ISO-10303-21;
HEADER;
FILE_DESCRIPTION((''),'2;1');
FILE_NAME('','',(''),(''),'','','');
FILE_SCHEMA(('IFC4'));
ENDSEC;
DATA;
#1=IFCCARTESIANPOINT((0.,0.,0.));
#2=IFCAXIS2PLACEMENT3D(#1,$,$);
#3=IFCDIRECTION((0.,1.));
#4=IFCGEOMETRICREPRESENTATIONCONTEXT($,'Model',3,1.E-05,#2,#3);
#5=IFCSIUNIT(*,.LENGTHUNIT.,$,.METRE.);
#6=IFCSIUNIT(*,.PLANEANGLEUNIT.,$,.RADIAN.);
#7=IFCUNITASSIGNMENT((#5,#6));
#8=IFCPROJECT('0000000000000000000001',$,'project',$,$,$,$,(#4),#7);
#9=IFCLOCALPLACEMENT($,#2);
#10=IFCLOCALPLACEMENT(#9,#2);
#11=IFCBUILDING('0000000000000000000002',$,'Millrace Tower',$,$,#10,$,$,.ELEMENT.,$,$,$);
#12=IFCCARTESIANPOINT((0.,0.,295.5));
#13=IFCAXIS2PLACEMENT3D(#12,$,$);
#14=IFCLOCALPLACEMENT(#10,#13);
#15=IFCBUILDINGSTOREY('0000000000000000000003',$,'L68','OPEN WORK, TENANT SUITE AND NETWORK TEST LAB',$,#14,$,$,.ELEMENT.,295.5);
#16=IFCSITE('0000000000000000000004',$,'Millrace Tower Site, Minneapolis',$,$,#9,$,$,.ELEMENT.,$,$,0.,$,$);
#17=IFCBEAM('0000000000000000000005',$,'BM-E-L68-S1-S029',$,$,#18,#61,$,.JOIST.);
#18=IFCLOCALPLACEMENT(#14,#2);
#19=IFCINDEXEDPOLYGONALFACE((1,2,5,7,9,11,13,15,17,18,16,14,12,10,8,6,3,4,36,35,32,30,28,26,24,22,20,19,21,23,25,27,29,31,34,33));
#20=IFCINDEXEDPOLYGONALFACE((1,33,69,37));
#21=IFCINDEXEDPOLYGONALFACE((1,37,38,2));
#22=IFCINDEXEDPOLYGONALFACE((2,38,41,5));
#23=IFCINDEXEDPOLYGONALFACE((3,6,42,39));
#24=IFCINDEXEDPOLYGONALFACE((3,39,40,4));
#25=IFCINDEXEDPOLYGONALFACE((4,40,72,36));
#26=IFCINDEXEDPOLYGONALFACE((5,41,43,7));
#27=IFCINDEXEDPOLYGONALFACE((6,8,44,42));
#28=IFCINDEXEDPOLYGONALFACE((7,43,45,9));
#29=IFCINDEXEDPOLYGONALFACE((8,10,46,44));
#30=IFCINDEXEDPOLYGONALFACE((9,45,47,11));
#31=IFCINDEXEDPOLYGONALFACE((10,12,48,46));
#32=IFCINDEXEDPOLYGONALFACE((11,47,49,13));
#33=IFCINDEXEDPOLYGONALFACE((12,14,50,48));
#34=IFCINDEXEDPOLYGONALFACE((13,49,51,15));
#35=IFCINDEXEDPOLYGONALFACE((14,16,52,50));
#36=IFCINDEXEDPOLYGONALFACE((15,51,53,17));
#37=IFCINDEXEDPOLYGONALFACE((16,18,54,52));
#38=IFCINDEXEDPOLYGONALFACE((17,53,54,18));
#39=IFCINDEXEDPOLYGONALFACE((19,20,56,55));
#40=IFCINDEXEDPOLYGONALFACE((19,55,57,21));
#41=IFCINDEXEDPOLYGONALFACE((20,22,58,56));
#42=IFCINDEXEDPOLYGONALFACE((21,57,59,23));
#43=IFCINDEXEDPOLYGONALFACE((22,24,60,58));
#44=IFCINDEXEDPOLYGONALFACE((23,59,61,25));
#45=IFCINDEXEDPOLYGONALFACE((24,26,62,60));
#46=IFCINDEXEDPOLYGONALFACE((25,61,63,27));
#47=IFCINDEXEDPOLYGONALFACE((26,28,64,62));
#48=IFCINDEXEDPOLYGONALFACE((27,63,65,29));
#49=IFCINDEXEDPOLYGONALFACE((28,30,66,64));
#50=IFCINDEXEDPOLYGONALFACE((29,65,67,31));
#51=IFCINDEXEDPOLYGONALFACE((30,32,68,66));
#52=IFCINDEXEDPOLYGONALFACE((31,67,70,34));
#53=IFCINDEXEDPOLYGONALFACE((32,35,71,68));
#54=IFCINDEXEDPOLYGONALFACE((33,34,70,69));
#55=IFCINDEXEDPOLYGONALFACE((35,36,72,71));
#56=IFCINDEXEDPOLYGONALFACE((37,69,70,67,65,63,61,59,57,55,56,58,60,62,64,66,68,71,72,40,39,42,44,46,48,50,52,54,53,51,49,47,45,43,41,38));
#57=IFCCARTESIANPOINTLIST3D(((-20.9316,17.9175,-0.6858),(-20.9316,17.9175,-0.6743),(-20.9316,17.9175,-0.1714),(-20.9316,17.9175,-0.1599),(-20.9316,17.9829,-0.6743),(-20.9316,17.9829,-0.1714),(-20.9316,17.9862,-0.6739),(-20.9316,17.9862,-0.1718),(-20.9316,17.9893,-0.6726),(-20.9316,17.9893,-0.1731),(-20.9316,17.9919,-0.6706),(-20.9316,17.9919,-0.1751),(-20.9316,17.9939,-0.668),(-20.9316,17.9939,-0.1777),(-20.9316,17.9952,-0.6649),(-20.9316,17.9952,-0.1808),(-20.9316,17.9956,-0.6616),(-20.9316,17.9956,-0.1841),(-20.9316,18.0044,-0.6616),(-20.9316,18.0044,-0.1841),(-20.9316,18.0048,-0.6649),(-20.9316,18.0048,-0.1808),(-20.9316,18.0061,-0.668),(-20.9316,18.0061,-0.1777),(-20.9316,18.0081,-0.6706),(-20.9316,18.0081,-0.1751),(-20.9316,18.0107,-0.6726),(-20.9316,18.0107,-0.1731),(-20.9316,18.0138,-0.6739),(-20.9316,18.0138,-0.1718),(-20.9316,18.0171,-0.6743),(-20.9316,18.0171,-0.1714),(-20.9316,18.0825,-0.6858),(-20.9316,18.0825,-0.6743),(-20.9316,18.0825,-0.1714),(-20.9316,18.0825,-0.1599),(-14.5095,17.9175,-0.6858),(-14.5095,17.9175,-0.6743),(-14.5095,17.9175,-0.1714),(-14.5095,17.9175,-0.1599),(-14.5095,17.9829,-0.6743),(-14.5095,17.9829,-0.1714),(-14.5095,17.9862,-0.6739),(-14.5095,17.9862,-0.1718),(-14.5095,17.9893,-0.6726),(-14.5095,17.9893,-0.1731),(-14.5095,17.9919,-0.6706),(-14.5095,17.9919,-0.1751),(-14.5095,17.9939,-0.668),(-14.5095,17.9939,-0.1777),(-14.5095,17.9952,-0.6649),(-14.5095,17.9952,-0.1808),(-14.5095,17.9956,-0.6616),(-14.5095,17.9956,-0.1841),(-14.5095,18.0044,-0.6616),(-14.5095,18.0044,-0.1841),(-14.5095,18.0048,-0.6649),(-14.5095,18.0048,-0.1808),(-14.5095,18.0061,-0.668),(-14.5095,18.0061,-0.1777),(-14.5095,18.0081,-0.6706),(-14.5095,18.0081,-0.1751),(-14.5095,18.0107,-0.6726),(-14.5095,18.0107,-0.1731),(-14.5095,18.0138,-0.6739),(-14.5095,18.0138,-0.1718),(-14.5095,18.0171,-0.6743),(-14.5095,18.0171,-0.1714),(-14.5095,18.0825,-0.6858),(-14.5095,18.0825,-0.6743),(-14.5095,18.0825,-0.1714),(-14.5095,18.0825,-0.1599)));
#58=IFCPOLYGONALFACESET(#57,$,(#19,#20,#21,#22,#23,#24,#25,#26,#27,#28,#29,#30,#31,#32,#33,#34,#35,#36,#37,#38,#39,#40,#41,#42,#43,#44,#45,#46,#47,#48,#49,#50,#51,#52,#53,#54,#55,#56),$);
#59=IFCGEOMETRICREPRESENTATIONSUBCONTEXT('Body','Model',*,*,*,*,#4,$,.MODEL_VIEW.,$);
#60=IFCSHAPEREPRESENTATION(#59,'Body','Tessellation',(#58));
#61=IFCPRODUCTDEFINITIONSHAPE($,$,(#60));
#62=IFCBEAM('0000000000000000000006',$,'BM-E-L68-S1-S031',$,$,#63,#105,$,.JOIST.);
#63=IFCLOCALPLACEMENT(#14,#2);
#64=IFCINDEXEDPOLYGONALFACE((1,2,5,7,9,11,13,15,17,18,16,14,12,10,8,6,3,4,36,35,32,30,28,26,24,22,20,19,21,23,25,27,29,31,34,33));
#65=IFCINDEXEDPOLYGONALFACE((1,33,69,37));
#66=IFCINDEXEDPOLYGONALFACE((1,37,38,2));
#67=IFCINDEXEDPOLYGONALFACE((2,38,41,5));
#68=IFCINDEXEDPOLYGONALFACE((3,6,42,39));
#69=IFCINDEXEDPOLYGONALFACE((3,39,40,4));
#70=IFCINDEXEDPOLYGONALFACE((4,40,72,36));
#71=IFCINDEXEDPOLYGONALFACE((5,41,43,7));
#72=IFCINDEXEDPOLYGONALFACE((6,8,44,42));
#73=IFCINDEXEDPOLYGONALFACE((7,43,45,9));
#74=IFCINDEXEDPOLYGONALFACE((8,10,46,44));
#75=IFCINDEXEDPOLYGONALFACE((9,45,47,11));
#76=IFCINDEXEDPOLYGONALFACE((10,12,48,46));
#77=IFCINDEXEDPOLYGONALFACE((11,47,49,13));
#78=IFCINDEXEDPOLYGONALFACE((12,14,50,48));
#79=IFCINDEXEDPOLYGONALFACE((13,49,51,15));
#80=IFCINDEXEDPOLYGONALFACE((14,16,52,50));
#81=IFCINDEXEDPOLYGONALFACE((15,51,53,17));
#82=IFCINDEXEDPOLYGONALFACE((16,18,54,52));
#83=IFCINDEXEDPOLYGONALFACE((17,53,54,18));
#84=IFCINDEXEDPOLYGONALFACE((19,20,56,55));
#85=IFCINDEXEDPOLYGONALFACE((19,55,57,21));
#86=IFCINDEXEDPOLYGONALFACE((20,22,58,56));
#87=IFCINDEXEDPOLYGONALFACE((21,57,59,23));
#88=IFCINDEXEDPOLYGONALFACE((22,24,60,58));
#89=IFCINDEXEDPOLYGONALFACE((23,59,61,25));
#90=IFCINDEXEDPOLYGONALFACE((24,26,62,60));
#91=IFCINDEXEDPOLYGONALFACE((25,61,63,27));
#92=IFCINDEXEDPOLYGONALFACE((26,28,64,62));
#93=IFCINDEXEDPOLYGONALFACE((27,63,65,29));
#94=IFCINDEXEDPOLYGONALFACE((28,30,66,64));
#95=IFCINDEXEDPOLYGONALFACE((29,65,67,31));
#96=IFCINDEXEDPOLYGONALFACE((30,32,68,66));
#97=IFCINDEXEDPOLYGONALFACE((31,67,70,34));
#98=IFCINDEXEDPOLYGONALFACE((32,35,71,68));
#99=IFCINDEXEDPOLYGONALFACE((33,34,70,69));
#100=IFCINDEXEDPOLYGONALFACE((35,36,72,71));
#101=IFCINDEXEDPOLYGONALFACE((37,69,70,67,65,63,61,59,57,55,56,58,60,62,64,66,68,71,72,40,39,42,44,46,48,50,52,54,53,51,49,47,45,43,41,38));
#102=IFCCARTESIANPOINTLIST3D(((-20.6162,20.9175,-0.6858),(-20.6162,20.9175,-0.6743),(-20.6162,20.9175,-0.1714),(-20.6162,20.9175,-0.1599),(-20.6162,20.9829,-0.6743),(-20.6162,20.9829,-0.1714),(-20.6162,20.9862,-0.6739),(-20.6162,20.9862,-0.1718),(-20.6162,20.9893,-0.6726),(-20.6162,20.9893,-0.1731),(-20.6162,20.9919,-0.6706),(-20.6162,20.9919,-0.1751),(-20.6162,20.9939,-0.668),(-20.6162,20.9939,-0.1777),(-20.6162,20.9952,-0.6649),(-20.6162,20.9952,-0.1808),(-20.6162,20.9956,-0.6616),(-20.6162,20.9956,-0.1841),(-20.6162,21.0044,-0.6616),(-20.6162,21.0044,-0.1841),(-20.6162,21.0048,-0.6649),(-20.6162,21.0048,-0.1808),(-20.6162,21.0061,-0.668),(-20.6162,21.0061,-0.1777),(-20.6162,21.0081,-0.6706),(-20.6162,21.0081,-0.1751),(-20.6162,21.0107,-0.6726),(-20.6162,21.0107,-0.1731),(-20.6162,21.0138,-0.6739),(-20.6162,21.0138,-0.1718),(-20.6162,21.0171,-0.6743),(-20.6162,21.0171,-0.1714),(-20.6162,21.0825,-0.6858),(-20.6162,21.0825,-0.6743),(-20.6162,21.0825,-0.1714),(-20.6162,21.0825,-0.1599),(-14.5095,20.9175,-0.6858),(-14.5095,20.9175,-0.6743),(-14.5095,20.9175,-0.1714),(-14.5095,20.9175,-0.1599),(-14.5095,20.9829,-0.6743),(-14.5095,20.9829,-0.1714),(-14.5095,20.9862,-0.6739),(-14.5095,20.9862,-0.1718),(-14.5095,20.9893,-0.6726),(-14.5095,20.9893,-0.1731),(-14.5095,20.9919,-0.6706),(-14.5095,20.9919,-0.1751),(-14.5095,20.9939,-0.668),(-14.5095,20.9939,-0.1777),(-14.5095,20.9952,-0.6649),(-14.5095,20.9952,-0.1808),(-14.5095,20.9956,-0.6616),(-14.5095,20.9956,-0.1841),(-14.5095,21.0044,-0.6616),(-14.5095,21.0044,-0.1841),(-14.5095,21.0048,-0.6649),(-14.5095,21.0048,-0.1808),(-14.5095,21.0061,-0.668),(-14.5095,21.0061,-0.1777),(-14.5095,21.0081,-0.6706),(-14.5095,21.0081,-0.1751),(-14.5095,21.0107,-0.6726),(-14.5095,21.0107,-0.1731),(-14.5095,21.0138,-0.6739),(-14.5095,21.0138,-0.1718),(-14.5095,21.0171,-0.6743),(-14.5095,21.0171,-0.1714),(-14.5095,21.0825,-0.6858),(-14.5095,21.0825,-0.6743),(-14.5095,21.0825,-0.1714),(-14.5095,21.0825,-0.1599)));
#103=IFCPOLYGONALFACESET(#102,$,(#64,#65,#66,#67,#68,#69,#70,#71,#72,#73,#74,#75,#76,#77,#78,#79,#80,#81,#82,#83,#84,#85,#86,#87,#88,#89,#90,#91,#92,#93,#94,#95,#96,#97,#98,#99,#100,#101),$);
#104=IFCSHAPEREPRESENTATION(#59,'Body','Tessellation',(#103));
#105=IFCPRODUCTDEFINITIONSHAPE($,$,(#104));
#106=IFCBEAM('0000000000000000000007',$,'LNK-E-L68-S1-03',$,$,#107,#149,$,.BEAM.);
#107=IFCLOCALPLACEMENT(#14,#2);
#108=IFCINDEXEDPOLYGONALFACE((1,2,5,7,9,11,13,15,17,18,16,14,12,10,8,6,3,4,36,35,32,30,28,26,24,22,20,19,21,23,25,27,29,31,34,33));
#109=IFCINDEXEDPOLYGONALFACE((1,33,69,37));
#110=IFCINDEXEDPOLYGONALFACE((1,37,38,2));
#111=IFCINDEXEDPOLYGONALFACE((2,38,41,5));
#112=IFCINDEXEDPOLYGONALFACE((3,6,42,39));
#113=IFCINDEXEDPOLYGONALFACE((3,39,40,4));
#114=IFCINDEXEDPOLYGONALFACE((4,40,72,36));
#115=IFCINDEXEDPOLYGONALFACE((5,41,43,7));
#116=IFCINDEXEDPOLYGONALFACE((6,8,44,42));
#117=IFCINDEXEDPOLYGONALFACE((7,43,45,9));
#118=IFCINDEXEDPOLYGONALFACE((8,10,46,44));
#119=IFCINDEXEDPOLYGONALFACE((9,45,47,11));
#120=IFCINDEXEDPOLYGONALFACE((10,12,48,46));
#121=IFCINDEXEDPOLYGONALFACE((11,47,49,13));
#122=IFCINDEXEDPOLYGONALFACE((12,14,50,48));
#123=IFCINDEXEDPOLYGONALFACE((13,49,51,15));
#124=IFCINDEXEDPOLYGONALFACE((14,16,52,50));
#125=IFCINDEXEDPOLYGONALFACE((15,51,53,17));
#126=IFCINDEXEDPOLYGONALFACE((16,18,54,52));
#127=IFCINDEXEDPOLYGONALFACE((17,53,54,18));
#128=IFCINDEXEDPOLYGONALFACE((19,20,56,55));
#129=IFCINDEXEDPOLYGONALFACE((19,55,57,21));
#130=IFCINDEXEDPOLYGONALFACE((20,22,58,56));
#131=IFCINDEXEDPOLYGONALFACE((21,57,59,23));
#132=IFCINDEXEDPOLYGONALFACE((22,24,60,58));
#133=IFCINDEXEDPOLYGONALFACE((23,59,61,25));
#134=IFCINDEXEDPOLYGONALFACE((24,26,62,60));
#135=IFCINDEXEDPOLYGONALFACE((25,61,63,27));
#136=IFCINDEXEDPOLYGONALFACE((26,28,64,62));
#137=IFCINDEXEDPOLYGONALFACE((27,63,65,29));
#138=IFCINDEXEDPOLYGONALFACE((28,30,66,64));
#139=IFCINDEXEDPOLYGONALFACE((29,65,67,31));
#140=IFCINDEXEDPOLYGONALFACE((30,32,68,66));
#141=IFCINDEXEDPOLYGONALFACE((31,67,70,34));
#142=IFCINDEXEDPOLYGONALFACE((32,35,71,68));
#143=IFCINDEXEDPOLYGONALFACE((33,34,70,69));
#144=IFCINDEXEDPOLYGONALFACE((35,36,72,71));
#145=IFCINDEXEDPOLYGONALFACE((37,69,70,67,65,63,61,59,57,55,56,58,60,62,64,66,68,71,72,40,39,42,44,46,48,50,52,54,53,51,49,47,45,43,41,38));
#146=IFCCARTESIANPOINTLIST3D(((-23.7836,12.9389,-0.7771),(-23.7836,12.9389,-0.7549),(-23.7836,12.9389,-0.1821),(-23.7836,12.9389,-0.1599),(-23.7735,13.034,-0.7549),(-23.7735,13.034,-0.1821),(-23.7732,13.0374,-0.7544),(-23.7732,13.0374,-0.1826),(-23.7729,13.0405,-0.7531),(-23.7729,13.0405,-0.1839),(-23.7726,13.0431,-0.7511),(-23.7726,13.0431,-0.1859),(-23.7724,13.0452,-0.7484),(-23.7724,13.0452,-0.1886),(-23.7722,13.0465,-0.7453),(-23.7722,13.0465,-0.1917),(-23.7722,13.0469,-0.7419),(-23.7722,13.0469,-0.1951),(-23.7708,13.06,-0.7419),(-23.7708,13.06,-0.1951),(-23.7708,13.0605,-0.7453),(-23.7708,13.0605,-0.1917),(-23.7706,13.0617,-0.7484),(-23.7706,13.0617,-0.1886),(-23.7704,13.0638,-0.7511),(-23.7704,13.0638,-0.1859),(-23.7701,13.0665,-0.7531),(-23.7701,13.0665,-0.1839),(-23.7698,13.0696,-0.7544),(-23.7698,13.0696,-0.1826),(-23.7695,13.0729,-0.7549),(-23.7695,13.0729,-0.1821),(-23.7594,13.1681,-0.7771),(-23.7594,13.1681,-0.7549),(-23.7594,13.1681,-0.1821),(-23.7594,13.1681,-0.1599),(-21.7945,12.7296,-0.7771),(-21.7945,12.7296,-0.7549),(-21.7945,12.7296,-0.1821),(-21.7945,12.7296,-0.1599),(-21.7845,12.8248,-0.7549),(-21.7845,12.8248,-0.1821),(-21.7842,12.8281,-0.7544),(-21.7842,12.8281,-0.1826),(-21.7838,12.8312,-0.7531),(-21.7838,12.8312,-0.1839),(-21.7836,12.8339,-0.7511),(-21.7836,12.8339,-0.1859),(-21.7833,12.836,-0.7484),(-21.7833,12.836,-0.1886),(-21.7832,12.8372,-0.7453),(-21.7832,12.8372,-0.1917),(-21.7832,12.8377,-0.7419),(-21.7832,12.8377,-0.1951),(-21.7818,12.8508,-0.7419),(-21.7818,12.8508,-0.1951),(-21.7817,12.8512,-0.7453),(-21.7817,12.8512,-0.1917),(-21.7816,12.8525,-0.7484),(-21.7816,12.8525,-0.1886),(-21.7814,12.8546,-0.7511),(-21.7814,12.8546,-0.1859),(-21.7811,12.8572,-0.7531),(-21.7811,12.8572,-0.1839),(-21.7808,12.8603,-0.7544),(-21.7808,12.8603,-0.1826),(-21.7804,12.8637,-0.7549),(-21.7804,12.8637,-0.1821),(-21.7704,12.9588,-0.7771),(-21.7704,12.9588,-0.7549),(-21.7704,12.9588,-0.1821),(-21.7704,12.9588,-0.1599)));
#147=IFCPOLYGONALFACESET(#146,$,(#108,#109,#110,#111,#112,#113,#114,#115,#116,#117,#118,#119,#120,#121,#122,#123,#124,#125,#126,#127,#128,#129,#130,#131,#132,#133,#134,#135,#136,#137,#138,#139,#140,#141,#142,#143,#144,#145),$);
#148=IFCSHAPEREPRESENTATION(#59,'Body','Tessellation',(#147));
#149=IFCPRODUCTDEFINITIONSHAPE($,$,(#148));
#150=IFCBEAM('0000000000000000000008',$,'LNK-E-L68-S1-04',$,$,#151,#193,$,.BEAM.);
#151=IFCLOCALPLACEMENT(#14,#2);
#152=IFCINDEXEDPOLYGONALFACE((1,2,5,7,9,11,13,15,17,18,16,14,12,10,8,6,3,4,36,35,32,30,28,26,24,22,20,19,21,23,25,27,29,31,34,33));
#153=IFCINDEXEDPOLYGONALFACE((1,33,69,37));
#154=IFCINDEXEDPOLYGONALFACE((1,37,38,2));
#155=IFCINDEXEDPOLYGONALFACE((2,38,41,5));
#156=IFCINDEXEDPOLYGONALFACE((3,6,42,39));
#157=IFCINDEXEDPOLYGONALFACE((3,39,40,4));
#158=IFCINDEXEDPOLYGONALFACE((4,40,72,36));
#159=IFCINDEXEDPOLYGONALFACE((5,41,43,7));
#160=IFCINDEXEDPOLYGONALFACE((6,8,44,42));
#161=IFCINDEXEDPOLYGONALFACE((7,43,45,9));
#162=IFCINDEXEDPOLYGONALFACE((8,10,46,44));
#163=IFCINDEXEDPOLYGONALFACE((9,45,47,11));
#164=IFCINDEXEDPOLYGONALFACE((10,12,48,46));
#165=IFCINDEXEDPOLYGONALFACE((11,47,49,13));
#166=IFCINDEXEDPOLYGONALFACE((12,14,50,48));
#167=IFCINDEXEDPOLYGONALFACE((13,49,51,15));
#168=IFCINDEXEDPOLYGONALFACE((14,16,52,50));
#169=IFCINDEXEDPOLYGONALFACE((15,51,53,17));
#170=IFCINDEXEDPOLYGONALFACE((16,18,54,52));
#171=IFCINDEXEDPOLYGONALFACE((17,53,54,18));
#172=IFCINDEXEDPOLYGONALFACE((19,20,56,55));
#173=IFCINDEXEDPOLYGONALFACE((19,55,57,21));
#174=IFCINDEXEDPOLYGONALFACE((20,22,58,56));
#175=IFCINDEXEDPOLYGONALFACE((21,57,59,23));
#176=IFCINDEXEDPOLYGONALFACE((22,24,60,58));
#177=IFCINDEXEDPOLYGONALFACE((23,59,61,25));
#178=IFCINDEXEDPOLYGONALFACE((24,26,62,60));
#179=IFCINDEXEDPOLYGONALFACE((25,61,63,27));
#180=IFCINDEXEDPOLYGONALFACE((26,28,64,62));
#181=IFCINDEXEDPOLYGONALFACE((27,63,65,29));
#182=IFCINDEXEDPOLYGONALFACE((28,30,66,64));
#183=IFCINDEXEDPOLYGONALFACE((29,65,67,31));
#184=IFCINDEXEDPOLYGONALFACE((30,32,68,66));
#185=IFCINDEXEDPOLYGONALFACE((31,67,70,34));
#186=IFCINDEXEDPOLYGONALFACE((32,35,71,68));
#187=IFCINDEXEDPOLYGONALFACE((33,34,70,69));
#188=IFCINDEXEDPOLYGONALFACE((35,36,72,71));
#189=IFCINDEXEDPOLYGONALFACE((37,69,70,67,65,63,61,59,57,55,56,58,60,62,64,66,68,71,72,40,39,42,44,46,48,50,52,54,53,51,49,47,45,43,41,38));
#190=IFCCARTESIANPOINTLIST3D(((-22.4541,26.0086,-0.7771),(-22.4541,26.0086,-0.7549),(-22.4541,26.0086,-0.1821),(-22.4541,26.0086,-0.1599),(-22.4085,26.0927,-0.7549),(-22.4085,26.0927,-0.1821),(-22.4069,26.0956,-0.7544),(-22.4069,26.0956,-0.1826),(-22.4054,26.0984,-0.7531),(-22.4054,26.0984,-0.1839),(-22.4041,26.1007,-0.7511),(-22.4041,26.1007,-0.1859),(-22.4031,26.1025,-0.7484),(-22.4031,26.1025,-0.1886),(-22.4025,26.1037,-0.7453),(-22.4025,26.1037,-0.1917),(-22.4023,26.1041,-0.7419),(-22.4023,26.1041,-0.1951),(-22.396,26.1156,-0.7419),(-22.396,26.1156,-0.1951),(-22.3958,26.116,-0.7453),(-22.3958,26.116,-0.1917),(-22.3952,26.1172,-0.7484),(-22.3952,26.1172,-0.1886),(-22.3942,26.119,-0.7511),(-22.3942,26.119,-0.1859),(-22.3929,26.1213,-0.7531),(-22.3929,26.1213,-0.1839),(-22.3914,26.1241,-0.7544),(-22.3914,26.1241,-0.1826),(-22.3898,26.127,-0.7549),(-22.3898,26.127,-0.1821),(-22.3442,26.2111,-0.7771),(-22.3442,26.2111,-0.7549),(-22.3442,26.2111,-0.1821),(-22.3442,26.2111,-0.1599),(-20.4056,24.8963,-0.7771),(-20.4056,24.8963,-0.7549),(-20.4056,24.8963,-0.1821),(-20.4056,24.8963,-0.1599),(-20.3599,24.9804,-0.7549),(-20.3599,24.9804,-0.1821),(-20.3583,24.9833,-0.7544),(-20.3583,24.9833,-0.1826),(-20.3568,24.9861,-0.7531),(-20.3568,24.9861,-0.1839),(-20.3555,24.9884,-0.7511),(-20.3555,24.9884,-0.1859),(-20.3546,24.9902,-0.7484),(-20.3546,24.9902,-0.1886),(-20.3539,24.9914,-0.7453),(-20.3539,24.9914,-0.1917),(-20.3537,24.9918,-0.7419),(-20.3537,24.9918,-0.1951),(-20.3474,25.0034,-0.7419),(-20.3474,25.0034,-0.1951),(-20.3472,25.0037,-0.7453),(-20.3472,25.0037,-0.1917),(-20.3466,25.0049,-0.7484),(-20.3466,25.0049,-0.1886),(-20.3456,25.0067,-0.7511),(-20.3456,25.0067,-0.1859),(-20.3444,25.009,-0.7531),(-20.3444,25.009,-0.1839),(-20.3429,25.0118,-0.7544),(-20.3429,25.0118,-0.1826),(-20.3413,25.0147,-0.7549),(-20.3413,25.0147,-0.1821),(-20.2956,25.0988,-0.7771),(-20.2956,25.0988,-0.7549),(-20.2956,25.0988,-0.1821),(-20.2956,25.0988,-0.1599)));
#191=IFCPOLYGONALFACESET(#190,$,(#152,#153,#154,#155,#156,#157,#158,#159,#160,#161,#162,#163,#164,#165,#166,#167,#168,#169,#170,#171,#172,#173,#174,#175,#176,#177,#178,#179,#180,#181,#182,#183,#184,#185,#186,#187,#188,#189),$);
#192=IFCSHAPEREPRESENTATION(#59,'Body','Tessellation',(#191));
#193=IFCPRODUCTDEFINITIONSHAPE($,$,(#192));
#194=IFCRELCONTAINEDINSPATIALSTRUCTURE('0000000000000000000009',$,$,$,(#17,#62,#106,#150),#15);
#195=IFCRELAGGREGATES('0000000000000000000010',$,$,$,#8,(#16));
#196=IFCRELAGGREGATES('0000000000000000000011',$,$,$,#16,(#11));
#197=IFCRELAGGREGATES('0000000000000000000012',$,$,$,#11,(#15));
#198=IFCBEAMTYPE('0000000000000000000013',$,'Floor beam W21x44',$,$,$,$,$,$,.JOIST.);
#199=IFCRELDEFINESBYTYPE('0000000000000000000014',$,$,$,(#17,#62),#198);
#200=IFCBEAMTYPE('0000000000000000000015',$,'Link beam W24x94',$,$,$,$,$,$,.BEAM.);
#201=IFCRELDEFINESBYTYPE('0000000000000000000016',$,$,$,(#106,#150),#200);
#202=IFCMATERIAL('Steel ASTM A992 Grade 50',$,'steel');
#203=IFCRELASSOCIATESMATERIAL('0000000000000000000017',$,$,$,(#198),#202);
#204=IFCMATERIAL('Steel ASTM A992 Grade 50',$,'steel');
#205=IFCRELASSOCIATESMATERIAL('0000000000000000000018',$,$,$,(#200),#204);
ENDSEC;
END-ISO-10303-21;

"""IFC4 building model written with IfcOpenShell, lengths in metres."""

from ifc_helpers import new_model, si_unit, direction, frame, origin, origin_2d, place, context, subcontext, project, spatial, i_section, extrude, material, material_profile, profile_set, type_object, element, save


model = new_model("IFC4")

# Units and contexts
model_context = context("Model", 3, precision=1e-05, world=origin(), true_north=direction((0.0, 1.0)))
body_context = subcontext(model_context, "Body", "Model", "MODEL_VIEW")
ifc_project = project(units=[si_unit("LENGTHUNIT", "METRE"), si_unit("PLANEANGLEUNIT", "RADIAN")], contexts=[model_context])

# Site, building, storey
site_placement = place(None, origin())
site = spatial("IfcSite", under=ifc_project, at=site_placement, Name="Millrace Tower Site, Minneapolis", CompositionType="ELEMENT", RefElevation=0.0)
building_placement = place(site_placement, origin())
building = spatial("IfcBuilding", under=site, at=building_placement, Name="Millrace Tower", CompositionType="ELEMENT")
storey_placement = place(building_placement, frame((0.0, 0.0, 295.5)))
storey = spatial("IfcBuildingStorey", under=building, at=storey_placement, Name="L68", Description="OPEN WORK, TENANT SUITE AND NETWORK TEST LAB", CompositionType="ELEMENT", Elevation=295.5)

# Beams
ifc_material_1 = material(Name="Steel ASTM A992 Grade 50", Category="steel")
ifc_material_profile_1 = material_profile(ifc_material_1, i_section(OverallWidth=0.165, OverallDepth=0.5259, WebThickness=0.0088, FlangeThickness=0.0115, FilletRadius=0.0127, at=origin_2d()))
ifc_profile_set_1 = profile_set([ifc_material_profile_1], Name="Steel ASTM A992 Grade 50")
beam_type_1 = type_object("IfcBeamType", Name="Floor beam W21x44", PredefinedType="JOIST", material=ifc_profile_set_1)
beam_1_placement = place(storey_placement, frame((-20.9316, 18.0, -0.4229), z_axis=(1.0, 0.0, 0.0), x_axis=(0.0, 1.0, 0.0)))
element("IfcBeam", 1, at=beam_1_placement, inside=storey, type_object=beam_type_1, Name="BM-E-L68-S1-S029", PredefinedType="JOIST", context=body_context, shape_type="SweptSolid", body=[
    extrude(i_section(OverallWidth=0.165, OverallDepth=0.5259, WebThickness=0.0088, FlangeThickness=0.0115, FilletRadius=0.0127, at=origin_2d()), origin(), (0.0, 0.0, 1.0), 6.4221),
])
beam_2_placement = place(storey_placement, frame((-20.6162, 21.0, -0.4229), z_axis=(1.0, 0.0, 0.0), x_axis=(0.0, 1.0, 0.0)))
element("IfcBeam", 2, at=beam_2_placement, inside=storey, type_object=beam_type_1, Name="BM-E-L68-S1-S031", PredefinedType="JOIST", context=body_context, shape_type="SweptSolid", body=[
    extrude(i_section(OverallWidth=0.165, OverallDepth=0.5259, WebThickness=0.0088, FlangeThickness=0.0115, FilletRadius=0.0127, at=origin_2d()), origin(), (0.0, 0.0, 1.0), 6.1067),
])
ifc_material_2 = material(Name="Steel ASTM A992 Grade 50", Category="steel")
ifc_material_profile_2 = material_profile(ifc_material_2, i_section(OverallWidth=0.2305, OverallDepth=0.6172, WebThickness=0.0132, FlangeThickness=0.0222, FilletRadius=0.0129, at=origin_2d()))
ifc_profile_set_2 = profile_set([ifc_material_profile_2], Name="Steel ASTM A992 Grade 50")
beam_type_2 = type_object("IfcBeamType", Name="Link beam W24x94", PredefinedType="BEAM", material=ifc_profile_set_2)
beam_3_placement = place(storey_placement, frame((-21.7825, 12.8442, -0.4685), z_axis=(-0.994513, 0.104615, 0.0), x_axis=(-0.104615, -0.994513, 0.0)))
element("IfcBeam", 3, at=beam_3_placement, inside=storey, type_object=beam_type_2, Name="LNK-E-L68-S1-03", PredefinedType="BEAM", context=body_context, shape_type="SweptSolid", body=[
    extrude(i_section(OverallWidth=0.2305, OverallDepth=0.6172, WebThickness=0.0132, FlangeThickness=0.0222, FilletRadius=0.0129, at=origin_2d()), origin(), (0.0, 0.0, 1.0), 2.0),
])
beam_4_placement = place(storey_placement, frame((-20.3506, 24.9976, -0.4685), z_axis=(-0.878815, 0.477164, 0.0), x_axis=(-0.477164, -0.878815, 0.0)))
element("IfcBeam", 4, at=beam_4_placement, inside=storey, type_object=beam_type_2, Name="LNK-E-L68-S1-04", PredefinedType="BEAM", context=body_context, shape_type="SweptSolid", body=[
    extrude(i_section(OverallWidth=0.2305, OverallDepth=0.6172, WebThickness=0.0132, FlangeThickness=0.0222, FilletRadius=0.0129, at=origin_2d()), origin(), (0.0, 0.0, 1.0), 2.3311),
])

save(model, "model.ifc")
